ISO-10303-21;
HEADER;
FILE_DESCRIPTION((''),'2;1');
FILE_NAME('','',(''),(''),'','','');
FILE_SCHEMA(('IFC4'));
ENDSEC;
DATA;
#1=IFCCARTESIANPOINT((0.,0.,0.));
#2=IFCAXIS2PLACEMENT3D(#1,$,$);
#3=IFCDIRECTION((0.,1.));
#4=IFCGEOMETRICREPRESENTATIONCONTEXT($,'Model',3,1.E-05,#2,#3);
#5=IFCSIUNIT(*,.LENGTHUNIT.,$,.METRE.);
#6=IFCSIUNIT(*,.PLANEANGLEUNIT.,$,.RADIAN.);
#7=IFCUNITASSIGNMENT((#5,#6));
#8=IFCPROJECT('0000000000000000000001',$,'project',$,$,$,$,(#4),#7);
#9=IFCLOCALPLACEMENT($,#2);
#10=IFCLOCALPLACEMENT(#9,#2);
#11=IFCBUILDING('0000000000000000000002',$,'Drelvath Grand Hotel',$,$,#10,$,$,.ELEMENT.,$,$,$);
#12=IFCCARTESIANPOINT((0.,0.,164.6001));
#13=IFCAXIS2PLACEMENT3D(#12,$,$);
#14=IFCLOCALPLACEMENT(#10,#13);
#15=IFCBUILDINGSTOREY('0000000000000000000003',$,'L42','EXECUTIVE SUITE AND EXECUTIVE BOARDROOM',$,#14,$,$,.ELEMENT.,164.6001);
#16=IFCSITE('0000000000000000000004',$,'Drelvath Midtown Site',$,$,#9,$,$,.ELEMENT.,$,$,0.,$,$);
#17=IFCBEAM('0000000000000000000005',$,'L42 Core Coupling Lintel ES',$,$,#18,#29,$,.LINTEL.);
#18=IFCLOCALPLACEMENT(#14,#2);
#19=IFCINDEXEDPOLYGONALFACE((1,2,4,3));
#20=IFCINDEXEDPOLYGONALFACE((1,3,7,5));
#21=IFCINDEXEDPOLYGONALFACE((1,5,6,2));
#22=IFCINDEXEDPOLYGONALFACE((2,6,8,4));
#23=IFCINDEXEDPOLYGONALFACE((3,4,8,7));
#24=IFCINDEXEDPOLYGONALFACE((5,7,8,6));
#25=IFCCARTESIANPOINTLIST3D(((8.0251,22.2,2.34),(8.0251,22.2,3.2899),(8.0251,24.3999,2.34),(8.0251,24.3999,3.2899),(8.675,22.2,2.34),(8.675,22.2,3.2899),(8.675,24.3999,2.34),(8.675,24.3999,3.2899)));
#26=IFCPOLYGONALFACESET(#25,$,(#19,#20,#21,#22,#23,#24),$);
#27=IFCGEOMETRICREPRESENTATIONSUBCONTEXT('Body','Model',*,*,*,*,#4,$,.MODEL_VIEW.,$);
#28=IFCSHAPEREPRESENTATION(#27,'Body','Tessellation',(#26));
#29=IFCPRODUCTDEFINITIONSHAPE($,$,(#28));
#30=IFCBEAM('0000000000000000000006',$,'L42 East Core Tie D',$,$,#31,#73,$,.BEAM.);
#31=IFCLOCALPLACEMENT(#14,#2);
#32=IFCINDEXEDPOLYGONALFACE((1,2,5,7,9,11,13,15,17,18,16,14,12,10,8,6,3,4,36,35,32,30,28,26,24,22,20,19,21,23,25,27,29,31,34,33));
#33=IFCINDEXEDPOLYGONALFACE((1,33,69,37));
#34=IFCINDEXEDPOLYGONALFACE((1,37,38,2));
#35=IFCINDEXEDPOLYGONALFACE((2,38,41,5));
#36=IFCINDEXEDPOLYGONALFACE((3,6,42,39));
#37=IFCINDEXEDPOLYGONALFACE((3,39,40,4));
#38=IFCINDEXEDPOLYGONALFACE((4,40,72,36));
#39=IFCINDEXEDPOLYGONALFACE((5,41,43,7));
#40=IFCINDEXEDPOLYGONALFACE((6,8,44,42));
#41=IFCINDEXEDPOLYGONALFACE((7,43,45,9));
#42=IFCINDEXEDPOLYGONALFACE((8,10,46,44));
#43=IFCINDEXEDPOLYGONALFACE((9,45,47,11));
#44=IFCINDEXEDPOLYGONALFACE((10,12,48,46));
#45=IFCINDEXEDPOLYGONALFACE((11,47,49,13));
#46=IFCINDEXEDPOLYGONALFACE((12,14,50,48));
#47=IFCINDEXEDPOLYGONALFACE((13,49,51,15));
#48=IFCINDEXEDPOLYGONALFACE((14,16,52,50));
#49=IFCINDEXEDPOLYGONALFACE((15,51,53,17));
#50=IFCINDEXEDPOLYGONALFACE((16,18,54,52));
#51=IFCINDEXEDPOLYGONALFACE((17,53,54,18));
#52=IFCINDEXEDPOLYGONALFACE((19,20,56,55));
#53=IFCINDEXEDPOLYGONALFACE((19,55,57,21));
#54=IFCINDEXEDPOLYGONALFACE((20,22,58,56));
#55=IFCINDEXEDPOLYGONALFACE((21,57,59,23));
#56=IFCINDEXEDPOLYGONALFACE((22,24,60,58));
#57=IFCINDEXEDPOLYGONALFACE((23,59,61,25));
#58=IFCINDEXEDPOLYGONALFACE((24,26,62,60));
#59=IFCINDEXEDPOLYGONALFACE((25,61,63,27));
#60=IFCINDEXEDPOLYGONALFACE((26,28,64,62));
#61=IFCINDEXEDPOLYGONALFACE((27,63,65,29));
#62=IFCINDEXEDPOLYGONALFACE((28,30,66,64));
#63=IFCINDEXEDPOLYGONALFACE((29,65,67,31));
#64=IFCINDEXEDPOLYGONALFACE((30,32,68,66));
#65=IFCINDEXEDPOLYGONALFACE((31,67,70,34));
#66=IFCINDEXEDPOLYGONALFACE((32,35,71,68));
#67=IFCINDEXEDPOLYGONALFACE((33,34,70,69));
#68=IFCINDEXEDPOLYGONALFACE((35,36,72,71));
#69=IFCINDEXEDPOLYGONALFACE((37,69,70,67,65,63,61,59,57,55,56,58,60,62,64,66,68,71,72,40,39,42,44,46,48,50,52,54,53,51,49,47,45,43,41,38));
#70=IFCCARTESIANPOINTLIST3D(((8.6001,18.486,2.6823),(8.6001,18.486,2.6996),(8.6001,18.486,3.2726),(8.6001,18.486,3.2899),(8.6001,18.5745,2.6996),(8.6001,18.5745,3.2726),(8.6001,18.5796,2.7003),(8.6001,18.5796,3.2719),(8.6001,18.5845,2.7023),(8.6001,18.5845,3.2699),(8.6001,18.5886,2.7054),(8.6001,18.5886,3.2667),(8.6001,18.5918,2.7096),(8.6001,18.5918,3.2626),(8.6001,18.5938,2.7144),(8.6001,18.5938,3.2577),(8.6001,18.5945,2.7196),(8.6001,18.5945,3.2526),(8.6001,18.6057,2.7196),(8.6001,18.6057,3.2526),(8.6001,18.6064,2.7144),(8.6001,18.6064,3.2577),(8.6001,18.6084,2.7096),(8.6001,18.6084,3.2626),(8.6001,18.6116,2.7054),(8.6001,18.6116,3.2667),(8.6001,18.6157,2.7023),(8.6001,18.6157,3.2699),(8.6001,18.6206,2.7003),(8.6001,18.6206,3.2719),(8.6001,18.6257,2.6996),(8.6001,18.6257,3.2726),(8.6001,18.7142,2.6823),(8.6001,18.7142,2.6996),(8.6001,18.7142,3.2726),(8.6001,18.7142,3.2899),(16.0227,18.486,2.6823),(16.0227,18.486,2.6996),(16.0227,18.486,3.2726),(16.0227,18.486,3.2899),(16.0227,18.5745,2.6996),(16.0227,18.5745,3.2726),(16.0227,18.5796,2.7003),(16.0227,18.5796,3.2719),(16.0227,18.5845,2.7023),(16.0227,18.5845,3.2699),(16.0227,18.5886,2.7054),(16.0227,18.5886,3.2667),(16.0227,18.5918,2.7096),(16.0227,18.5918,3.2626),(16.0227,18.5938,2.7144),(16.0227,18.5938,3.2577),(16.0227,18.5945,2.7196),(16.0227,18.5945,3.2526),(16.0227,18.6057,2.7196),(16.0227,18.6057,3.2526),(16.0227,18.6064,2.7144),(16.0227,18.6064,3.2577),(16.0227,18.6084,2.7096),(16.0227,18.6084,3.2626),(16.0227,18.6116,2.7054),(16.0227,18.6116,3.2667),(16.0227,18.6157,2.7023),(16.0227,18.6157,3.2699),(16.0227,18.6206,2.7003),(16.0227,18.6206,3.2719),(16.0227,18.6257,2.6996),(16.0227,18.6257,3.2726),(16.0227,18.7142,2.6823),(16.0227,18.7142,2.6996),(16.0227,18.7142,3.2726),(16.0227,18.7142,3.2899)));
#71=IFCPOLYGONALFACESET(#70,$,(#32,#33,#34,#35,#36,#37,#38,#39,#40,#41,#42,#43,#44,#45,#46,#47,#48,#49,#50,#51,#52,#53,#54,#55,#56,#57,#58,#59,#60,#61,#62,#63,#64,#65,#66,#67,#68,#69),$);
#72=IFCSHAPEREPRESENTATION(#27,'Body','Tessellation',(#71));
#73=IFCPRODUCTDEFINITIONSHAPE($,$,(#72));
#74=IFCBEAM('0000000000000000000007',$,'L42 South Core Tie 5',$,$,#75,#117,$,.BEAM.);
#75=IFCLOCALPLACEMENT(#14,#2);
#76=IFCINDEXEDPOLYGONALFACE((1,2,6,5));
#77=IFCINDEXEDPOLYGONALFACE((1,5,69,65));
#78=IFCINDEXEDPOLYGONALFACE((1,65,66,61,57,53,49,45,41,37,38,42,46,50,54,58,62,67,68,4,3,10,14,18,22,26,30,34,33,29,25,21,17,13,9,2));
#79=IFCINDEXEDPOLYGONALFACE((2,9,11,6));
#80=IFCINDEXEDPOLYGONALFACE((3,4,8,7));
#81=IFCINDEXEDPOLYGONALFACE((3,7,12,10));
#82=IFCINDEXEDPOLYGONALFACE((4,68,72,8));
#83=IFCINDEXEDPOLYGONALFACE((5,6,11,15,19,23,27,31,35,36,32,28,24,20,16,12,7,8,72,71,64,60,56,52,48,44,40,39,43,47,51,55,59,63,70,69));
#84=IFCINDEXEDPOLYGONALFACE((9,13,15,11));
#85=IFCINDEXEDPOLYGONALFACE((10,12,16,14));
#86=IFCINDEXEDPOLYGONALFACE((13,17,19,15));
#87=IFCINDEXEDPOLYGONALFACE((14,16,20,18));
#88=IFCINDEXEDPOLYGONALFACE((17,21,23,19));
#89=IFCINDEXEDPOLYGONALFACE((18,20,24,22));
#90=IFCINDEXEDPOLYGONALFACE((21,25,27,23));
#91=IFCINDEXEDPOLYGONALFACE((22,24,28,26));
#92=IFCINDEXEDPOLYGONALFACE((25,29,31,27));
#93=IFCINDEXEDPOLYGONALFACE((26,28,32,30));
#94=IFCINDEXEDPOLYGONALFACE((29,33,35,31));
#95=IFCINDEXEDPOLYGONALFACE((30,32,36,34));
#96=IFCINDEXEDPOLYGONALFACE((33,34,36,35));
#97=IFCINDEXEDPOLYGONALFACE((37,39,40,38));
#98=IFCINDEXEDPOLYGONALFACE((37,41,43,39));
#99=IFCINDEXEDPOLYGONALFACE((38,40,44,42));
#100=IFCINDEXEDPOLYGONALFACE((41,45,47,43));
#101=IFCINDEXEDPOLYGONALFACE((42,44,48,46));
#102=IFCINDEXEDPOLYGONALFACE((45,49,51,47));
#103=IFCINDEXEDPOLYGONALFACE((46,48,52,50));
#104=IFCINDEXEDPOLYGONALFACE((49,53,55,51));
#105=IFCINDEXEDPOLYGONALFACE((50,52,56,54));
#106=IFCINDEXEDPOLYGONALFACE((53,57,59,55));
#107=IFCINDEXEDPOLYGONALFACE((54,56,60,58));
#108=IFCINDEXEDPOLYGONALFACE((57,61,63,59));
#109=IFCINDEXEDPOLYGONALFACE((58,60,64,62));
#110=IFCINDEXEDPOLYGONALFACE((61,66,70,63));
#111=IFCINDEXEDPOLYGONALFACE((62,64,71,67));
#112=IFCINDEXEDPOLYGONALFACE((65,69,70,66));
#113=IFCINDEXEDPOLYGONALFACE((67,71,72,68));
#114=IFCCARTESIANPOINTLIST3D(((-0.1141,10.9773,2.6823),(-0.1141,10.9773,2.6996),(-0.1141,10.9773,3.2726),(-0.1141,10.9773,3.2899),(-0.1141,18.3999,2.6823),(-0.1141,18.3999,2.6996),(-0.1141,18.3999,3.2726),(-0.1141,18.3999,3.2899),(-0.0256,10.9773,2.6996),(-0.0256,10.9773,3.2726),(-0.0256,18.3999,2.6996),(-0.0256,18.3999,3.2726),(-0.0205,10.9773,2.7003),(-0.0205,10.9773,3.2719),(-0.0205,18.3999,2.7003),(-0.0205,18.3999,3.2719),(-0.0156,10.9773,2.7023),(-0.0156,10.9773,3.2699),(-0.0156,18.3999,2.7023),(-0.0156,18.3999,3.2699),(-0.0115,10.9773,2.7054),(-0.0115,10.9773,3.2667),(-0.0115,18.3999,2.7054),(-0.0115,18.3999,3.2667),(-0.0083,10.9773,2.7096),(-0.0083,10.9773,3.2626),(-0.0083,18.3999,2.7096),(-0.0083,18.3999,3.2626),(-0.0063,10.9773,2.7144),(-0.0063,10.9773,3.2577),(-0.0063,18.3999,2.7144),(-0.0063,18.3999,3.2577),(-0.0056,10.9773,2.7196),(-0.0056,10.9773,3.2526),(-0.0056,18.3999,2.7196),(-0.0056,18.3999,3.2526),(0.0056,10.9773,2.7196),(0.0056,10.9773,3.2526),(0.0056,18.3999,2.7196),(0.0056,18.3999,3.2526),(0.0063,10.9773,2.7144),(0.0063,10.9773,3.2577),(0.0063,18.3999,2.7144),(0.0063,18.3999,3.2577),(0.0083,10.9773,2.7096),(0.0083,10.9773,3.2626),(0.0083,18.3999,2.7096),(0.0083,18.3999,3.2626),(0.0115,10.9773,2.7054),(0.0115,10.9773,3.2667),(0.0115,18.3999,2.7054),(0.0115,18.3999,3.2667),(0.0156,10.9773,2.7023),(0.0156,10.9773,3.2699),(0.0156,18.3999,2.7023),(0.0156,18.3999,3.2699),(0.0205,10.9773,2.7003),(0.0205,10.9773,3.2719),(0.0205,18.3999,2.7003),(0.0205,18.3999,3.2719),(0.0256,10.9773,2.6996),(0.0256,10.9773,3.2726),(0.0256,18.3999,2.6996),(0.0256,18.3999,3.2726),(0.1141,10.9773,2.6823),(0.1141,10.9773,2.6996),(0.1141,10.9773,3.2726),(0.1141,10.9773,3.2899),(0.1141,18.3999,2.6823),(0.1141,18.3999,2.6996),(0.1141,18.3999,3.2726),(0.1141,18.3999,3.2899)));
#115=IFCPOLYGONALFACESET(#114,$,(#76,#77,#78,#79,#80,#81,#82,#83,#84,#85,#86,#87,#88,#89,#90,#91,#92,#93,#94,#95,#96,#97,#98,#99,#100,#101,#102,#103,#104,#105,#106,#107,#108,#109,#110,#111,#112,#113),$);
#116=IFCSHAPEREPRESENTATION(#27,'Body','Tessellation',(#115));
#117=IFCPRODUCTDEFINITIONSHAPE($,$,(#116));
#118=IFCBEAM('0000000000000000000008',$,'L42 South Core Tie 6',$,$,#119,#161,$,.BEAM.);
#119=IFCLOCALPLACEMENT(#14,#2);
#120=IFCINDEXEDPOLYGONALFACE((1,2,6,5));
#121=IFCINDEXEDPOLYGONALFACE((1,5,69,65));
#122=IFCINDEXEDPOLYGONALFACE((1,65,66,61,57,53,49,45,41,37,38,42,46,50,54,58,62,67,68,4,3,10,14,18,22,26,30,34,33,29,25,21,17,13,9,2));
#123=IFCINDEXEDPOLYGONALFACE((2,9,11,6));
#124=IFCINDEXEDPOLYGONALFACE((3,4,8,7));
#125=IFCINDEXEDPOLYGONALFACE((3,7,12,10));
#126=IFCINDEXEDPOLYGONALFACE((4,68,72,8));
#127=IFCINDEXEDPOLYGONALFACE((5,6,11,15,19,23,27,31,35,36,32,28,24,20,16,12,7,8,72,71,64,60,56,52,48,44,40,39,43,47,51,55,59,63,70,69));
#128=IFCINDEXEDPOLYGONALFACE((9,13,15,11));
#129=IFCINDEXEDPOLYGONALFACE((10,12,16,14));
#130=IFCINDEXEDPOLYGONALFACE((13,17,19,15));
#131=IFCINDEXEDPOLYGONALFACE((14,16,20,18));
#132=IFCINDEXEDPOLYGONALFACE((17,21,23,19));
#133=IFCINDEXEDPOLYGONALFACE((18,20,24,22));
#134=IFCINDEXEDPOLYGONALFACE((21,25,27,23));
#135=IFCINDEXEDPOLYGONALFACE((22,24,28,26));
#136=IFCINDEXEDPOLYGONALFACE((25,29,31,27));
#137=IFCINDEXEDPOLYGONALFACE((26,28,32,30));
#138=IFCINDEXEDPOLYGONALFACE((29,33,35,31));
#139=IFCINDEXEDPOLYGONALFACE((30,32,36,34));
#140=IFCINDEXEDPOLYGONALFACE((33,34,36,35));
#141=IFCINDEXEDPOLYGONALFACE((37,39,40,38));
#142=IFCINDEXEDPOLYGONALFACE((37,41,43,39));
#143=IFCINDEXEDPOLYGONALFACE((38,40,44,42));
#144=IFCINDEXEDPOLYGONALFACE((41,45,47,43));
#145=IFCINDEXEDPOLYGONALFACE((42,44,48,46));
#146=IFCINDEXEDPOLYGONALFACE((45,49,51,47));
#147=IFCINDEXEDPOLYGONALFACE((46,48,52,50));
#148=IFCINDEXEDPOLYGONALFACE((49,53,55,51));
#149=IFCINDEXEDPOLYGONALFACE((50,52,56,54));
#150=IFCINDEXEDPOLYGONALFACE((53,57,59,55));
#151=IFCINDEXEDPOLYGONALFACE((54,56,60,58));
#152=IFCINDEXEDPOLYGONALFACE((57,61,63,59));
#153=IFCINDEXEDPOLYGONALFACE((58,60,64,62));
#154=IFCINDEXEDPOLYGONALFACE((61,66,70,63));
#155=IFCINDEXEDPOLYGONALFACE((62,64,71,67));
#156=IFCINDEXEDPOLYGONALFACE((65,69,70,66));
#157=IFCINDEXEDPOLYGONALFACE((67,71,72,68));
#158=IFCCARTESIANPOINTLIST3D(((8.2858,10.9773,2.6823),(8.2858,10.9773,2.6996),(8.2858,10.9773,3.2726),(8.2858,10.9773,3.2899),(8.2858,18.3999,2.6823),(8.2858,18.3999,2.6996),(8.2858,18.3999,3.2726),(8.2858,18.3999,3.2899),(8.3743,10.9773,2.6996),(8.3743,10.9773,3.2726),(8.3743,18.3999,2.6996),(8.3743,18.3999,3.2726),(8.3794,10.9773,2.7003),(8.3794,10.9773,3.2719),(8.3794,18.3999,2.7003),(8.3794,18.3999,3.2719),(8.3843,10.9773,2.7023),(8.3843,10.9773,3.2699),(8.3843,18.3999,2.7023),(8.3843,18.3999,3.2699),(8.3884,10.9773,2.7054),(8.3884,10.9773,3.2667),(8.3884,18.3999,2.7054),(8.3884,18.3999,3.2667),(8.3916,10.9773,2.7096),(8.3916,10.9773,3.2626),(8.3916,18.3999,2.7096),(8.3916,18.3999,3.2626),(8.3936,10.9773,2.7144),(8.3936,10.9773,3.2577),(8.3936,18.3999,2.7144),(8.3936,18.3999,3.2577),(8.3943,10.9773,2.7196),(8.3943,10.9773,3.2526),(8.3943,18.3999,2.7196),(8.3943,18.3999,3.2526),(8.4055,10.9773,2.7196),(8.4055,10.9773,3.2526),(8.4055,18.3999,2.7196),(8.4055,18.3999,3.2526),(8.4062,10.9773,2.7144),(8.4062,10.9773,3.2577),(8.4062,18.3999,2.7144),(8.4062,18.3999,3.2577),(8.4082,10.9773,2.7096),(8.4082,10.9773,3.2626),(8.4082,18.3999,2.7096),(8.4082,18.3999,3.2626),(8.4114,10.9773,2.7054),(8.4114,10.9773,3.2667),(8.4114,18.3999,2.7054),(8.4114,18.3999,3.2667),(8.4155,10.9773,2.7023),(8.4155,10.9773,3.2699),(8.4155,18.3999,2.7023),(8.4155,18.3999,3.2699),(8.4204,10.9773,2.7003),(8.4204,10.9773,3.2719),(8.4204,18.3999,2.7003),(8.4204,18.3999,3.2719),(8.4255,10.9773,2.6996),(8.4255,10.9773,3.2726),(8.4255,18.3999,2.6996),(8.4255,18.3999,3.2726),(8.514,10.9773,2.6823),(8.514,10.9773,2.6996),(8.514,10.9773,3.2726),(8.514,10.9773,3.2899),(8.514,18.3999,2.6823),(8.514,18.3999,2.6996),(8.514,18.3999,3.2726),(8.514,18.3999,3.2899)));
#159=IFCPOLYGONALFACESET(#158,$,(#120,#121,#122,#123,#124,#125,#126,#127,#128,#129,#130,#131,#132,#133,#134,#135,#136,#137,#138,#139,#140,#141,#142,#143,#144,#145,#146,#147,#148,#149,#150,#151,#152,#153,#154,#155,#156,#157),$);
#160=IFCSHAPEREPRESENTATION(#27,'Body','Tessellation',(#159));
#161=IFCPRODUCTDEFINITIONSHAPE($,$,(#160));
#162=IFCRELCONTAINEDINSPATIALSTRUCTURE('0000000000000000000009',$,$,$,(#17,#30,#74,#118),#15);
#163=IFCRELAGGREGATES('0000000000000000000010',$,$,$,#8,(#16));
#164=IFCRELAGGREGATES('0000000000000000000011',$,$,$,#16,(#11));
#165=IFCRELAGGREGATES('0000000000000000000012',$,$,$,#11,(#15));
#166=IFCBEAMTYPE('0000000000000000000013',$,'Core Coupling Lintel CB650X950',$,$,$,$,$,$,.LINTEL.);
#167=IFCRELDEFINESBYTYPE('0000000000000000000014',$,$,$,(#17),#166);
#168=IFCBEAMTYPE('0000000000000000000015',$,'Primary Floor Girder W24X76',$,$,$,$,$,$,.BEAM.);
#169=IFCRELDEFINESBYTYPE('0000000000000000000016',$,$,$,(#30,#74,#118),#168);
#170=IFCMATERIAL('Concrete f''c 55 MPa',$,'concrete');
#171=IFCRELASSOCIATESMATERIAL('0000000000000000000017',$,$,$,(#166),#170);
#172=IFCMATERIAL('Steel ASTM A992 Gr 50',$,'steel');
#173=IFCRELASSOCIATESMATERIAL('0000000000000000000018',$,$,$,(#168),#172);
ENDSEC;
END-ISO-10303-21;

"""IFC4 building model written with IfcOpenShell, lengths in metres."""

from ifc_helpers import new_model, si_unit, direction, frame, origin, origin_2d, place, context, subcontext, project, spatial, rectangle, i_section, extrude, material, material_profile, profile_set, type_object, element, save


model = new_model("IFC4")

# Units and contexts
model_context = context("Model", 3, precision=1e-05, world=origin(), true_north=direction((0.0, 1.0)))
body_context = subcontext(model_context, "Body", "Model", "MODEL_VIEW")
ifc_project = project(units=[si_unit("LENGTHUNIT", "METRE"), si_unit("PLANEANGLEUNIT", "RADIAN")], contexts=[model_context])

# Site, building, storey
site_placement = place(None, origin())
site = spatial("IfcSite", under=ifc_project, at=site_placement, Name="Drelvath Midtown Site", CompositionType="ELEMENT", RefElevation=0.0)
building_placement = place(site_placement, origin())
building = spatial("IfcBuilding", under=site, at=building_placement, Name="Drelvath Grand Hotel", CompositionType="ELEMENT")
storey_placement = place(building_placement, frame((0.0, 0.0, 164.6001)))
storey = spatial("IfcBuildingStorey", under=building, at=storey_placement, Name="L42", Description="EXECUTIVE SUITE AND EXECUTIVE BOARDROOM", CompositionType="ELEMENT", Elevation=164.6001)

# Beams
ifc_material_1 = material(Name="Concrete f'c 55 MPa", Category="concrete")
ifc_material_profile_1 = material_profile(ifc_material_1, rectangle(XDim=0.6499, YDim=0.95, at=origin_2d()), Name="CB650X950")
ifc_profile_set_1 = profile_set([ifc_material_profile_1], Name="Concrete f'c 55 MPa")
beam_type_1 = type_object("IfcBeamType", Name="Core Coupling Lintel CB650X950", PredefinedType="LINTEL", material=ifc_profile_set_1)
beam_placement = place(storey_placement, frame((8.3501, 22.2, 2.8149), z_axis=(0.0, 1.0, 0.0), x_axis=(-1.0, 0.0, 0.0)))
element("IfcBeam", 1, at=beam_placement, inside=storey, type_object=beam_type_1, Name="L42 Core Coupling Lintel ES", PredefinedType="LINTEL", context=body_context, shape_type="SweptSolid", body=[
    extrude(rectangle(XDim=0.6499, YDim=0.95, at=origin_2d()), origin(), (0.0, 0.0, 1.0), 2.2),
])
ifc_material_2 = material(Name="Steel ASTM A992 Gr 50", Category="steel")
ifc_material_profile_2 = material_profile(ifc_material_2, i_section(OverallWidth=0.2283, OverallDepth=0.6077, WebThickness=0.0112, FlangeThickness=0.0173, FilletRadius=0.02, at=origin_2d()), Name="W24X76")
ifc_profile_set_2 = profile_set([ifc_material_profile_2], Name="Steel ASTM A992 Gr 50")
beam_type_2 = type_object("IfcBeamType", Name="Primary Floor Girder W24X76", PredefinedType="BEAM", material=ifc_profile_set_2)
for number, where, z_axis, x_axis, name in (
    (2, (8.6001, 18.6001, 2.9861), (1.0, 0.0, 0.0), (0.0, 1.0, 0.0), "L42 East Core Tie D"),
    (3, (0.0, 10.9773, 2.9861), (0.0, 1.0, 0.0), (-1.0, 0.0, 0.0), "L42 South Core Tie 5"),
    (4, (8.3999, 10.9773, 2.9861), (0.0, 1.0, 0.0), (-1.0, 0.0, 0.0), "L42 South Core Tie 6"),
):
    element("IfcBeam", number, at=place(storey_placement, frame(where, z_axis=z_axis, x_axis=x_axis)), inside=storey, type_object=beam_type_2, Name=name, PredefinedType="BEAM", context=body_context, shape_type="SweptSolid", body=[
        extrude(i_section(OverallWidth=0.2283, OverallDepth=0.6077, WebThickness=0.0112, FlangeThickness=0.0173, FilletRadius=0.02, at=origin_2d()), origin(), (0.0, 0.0, 1.0), 7.4226),
    ])

save(model, "model.ifc")
